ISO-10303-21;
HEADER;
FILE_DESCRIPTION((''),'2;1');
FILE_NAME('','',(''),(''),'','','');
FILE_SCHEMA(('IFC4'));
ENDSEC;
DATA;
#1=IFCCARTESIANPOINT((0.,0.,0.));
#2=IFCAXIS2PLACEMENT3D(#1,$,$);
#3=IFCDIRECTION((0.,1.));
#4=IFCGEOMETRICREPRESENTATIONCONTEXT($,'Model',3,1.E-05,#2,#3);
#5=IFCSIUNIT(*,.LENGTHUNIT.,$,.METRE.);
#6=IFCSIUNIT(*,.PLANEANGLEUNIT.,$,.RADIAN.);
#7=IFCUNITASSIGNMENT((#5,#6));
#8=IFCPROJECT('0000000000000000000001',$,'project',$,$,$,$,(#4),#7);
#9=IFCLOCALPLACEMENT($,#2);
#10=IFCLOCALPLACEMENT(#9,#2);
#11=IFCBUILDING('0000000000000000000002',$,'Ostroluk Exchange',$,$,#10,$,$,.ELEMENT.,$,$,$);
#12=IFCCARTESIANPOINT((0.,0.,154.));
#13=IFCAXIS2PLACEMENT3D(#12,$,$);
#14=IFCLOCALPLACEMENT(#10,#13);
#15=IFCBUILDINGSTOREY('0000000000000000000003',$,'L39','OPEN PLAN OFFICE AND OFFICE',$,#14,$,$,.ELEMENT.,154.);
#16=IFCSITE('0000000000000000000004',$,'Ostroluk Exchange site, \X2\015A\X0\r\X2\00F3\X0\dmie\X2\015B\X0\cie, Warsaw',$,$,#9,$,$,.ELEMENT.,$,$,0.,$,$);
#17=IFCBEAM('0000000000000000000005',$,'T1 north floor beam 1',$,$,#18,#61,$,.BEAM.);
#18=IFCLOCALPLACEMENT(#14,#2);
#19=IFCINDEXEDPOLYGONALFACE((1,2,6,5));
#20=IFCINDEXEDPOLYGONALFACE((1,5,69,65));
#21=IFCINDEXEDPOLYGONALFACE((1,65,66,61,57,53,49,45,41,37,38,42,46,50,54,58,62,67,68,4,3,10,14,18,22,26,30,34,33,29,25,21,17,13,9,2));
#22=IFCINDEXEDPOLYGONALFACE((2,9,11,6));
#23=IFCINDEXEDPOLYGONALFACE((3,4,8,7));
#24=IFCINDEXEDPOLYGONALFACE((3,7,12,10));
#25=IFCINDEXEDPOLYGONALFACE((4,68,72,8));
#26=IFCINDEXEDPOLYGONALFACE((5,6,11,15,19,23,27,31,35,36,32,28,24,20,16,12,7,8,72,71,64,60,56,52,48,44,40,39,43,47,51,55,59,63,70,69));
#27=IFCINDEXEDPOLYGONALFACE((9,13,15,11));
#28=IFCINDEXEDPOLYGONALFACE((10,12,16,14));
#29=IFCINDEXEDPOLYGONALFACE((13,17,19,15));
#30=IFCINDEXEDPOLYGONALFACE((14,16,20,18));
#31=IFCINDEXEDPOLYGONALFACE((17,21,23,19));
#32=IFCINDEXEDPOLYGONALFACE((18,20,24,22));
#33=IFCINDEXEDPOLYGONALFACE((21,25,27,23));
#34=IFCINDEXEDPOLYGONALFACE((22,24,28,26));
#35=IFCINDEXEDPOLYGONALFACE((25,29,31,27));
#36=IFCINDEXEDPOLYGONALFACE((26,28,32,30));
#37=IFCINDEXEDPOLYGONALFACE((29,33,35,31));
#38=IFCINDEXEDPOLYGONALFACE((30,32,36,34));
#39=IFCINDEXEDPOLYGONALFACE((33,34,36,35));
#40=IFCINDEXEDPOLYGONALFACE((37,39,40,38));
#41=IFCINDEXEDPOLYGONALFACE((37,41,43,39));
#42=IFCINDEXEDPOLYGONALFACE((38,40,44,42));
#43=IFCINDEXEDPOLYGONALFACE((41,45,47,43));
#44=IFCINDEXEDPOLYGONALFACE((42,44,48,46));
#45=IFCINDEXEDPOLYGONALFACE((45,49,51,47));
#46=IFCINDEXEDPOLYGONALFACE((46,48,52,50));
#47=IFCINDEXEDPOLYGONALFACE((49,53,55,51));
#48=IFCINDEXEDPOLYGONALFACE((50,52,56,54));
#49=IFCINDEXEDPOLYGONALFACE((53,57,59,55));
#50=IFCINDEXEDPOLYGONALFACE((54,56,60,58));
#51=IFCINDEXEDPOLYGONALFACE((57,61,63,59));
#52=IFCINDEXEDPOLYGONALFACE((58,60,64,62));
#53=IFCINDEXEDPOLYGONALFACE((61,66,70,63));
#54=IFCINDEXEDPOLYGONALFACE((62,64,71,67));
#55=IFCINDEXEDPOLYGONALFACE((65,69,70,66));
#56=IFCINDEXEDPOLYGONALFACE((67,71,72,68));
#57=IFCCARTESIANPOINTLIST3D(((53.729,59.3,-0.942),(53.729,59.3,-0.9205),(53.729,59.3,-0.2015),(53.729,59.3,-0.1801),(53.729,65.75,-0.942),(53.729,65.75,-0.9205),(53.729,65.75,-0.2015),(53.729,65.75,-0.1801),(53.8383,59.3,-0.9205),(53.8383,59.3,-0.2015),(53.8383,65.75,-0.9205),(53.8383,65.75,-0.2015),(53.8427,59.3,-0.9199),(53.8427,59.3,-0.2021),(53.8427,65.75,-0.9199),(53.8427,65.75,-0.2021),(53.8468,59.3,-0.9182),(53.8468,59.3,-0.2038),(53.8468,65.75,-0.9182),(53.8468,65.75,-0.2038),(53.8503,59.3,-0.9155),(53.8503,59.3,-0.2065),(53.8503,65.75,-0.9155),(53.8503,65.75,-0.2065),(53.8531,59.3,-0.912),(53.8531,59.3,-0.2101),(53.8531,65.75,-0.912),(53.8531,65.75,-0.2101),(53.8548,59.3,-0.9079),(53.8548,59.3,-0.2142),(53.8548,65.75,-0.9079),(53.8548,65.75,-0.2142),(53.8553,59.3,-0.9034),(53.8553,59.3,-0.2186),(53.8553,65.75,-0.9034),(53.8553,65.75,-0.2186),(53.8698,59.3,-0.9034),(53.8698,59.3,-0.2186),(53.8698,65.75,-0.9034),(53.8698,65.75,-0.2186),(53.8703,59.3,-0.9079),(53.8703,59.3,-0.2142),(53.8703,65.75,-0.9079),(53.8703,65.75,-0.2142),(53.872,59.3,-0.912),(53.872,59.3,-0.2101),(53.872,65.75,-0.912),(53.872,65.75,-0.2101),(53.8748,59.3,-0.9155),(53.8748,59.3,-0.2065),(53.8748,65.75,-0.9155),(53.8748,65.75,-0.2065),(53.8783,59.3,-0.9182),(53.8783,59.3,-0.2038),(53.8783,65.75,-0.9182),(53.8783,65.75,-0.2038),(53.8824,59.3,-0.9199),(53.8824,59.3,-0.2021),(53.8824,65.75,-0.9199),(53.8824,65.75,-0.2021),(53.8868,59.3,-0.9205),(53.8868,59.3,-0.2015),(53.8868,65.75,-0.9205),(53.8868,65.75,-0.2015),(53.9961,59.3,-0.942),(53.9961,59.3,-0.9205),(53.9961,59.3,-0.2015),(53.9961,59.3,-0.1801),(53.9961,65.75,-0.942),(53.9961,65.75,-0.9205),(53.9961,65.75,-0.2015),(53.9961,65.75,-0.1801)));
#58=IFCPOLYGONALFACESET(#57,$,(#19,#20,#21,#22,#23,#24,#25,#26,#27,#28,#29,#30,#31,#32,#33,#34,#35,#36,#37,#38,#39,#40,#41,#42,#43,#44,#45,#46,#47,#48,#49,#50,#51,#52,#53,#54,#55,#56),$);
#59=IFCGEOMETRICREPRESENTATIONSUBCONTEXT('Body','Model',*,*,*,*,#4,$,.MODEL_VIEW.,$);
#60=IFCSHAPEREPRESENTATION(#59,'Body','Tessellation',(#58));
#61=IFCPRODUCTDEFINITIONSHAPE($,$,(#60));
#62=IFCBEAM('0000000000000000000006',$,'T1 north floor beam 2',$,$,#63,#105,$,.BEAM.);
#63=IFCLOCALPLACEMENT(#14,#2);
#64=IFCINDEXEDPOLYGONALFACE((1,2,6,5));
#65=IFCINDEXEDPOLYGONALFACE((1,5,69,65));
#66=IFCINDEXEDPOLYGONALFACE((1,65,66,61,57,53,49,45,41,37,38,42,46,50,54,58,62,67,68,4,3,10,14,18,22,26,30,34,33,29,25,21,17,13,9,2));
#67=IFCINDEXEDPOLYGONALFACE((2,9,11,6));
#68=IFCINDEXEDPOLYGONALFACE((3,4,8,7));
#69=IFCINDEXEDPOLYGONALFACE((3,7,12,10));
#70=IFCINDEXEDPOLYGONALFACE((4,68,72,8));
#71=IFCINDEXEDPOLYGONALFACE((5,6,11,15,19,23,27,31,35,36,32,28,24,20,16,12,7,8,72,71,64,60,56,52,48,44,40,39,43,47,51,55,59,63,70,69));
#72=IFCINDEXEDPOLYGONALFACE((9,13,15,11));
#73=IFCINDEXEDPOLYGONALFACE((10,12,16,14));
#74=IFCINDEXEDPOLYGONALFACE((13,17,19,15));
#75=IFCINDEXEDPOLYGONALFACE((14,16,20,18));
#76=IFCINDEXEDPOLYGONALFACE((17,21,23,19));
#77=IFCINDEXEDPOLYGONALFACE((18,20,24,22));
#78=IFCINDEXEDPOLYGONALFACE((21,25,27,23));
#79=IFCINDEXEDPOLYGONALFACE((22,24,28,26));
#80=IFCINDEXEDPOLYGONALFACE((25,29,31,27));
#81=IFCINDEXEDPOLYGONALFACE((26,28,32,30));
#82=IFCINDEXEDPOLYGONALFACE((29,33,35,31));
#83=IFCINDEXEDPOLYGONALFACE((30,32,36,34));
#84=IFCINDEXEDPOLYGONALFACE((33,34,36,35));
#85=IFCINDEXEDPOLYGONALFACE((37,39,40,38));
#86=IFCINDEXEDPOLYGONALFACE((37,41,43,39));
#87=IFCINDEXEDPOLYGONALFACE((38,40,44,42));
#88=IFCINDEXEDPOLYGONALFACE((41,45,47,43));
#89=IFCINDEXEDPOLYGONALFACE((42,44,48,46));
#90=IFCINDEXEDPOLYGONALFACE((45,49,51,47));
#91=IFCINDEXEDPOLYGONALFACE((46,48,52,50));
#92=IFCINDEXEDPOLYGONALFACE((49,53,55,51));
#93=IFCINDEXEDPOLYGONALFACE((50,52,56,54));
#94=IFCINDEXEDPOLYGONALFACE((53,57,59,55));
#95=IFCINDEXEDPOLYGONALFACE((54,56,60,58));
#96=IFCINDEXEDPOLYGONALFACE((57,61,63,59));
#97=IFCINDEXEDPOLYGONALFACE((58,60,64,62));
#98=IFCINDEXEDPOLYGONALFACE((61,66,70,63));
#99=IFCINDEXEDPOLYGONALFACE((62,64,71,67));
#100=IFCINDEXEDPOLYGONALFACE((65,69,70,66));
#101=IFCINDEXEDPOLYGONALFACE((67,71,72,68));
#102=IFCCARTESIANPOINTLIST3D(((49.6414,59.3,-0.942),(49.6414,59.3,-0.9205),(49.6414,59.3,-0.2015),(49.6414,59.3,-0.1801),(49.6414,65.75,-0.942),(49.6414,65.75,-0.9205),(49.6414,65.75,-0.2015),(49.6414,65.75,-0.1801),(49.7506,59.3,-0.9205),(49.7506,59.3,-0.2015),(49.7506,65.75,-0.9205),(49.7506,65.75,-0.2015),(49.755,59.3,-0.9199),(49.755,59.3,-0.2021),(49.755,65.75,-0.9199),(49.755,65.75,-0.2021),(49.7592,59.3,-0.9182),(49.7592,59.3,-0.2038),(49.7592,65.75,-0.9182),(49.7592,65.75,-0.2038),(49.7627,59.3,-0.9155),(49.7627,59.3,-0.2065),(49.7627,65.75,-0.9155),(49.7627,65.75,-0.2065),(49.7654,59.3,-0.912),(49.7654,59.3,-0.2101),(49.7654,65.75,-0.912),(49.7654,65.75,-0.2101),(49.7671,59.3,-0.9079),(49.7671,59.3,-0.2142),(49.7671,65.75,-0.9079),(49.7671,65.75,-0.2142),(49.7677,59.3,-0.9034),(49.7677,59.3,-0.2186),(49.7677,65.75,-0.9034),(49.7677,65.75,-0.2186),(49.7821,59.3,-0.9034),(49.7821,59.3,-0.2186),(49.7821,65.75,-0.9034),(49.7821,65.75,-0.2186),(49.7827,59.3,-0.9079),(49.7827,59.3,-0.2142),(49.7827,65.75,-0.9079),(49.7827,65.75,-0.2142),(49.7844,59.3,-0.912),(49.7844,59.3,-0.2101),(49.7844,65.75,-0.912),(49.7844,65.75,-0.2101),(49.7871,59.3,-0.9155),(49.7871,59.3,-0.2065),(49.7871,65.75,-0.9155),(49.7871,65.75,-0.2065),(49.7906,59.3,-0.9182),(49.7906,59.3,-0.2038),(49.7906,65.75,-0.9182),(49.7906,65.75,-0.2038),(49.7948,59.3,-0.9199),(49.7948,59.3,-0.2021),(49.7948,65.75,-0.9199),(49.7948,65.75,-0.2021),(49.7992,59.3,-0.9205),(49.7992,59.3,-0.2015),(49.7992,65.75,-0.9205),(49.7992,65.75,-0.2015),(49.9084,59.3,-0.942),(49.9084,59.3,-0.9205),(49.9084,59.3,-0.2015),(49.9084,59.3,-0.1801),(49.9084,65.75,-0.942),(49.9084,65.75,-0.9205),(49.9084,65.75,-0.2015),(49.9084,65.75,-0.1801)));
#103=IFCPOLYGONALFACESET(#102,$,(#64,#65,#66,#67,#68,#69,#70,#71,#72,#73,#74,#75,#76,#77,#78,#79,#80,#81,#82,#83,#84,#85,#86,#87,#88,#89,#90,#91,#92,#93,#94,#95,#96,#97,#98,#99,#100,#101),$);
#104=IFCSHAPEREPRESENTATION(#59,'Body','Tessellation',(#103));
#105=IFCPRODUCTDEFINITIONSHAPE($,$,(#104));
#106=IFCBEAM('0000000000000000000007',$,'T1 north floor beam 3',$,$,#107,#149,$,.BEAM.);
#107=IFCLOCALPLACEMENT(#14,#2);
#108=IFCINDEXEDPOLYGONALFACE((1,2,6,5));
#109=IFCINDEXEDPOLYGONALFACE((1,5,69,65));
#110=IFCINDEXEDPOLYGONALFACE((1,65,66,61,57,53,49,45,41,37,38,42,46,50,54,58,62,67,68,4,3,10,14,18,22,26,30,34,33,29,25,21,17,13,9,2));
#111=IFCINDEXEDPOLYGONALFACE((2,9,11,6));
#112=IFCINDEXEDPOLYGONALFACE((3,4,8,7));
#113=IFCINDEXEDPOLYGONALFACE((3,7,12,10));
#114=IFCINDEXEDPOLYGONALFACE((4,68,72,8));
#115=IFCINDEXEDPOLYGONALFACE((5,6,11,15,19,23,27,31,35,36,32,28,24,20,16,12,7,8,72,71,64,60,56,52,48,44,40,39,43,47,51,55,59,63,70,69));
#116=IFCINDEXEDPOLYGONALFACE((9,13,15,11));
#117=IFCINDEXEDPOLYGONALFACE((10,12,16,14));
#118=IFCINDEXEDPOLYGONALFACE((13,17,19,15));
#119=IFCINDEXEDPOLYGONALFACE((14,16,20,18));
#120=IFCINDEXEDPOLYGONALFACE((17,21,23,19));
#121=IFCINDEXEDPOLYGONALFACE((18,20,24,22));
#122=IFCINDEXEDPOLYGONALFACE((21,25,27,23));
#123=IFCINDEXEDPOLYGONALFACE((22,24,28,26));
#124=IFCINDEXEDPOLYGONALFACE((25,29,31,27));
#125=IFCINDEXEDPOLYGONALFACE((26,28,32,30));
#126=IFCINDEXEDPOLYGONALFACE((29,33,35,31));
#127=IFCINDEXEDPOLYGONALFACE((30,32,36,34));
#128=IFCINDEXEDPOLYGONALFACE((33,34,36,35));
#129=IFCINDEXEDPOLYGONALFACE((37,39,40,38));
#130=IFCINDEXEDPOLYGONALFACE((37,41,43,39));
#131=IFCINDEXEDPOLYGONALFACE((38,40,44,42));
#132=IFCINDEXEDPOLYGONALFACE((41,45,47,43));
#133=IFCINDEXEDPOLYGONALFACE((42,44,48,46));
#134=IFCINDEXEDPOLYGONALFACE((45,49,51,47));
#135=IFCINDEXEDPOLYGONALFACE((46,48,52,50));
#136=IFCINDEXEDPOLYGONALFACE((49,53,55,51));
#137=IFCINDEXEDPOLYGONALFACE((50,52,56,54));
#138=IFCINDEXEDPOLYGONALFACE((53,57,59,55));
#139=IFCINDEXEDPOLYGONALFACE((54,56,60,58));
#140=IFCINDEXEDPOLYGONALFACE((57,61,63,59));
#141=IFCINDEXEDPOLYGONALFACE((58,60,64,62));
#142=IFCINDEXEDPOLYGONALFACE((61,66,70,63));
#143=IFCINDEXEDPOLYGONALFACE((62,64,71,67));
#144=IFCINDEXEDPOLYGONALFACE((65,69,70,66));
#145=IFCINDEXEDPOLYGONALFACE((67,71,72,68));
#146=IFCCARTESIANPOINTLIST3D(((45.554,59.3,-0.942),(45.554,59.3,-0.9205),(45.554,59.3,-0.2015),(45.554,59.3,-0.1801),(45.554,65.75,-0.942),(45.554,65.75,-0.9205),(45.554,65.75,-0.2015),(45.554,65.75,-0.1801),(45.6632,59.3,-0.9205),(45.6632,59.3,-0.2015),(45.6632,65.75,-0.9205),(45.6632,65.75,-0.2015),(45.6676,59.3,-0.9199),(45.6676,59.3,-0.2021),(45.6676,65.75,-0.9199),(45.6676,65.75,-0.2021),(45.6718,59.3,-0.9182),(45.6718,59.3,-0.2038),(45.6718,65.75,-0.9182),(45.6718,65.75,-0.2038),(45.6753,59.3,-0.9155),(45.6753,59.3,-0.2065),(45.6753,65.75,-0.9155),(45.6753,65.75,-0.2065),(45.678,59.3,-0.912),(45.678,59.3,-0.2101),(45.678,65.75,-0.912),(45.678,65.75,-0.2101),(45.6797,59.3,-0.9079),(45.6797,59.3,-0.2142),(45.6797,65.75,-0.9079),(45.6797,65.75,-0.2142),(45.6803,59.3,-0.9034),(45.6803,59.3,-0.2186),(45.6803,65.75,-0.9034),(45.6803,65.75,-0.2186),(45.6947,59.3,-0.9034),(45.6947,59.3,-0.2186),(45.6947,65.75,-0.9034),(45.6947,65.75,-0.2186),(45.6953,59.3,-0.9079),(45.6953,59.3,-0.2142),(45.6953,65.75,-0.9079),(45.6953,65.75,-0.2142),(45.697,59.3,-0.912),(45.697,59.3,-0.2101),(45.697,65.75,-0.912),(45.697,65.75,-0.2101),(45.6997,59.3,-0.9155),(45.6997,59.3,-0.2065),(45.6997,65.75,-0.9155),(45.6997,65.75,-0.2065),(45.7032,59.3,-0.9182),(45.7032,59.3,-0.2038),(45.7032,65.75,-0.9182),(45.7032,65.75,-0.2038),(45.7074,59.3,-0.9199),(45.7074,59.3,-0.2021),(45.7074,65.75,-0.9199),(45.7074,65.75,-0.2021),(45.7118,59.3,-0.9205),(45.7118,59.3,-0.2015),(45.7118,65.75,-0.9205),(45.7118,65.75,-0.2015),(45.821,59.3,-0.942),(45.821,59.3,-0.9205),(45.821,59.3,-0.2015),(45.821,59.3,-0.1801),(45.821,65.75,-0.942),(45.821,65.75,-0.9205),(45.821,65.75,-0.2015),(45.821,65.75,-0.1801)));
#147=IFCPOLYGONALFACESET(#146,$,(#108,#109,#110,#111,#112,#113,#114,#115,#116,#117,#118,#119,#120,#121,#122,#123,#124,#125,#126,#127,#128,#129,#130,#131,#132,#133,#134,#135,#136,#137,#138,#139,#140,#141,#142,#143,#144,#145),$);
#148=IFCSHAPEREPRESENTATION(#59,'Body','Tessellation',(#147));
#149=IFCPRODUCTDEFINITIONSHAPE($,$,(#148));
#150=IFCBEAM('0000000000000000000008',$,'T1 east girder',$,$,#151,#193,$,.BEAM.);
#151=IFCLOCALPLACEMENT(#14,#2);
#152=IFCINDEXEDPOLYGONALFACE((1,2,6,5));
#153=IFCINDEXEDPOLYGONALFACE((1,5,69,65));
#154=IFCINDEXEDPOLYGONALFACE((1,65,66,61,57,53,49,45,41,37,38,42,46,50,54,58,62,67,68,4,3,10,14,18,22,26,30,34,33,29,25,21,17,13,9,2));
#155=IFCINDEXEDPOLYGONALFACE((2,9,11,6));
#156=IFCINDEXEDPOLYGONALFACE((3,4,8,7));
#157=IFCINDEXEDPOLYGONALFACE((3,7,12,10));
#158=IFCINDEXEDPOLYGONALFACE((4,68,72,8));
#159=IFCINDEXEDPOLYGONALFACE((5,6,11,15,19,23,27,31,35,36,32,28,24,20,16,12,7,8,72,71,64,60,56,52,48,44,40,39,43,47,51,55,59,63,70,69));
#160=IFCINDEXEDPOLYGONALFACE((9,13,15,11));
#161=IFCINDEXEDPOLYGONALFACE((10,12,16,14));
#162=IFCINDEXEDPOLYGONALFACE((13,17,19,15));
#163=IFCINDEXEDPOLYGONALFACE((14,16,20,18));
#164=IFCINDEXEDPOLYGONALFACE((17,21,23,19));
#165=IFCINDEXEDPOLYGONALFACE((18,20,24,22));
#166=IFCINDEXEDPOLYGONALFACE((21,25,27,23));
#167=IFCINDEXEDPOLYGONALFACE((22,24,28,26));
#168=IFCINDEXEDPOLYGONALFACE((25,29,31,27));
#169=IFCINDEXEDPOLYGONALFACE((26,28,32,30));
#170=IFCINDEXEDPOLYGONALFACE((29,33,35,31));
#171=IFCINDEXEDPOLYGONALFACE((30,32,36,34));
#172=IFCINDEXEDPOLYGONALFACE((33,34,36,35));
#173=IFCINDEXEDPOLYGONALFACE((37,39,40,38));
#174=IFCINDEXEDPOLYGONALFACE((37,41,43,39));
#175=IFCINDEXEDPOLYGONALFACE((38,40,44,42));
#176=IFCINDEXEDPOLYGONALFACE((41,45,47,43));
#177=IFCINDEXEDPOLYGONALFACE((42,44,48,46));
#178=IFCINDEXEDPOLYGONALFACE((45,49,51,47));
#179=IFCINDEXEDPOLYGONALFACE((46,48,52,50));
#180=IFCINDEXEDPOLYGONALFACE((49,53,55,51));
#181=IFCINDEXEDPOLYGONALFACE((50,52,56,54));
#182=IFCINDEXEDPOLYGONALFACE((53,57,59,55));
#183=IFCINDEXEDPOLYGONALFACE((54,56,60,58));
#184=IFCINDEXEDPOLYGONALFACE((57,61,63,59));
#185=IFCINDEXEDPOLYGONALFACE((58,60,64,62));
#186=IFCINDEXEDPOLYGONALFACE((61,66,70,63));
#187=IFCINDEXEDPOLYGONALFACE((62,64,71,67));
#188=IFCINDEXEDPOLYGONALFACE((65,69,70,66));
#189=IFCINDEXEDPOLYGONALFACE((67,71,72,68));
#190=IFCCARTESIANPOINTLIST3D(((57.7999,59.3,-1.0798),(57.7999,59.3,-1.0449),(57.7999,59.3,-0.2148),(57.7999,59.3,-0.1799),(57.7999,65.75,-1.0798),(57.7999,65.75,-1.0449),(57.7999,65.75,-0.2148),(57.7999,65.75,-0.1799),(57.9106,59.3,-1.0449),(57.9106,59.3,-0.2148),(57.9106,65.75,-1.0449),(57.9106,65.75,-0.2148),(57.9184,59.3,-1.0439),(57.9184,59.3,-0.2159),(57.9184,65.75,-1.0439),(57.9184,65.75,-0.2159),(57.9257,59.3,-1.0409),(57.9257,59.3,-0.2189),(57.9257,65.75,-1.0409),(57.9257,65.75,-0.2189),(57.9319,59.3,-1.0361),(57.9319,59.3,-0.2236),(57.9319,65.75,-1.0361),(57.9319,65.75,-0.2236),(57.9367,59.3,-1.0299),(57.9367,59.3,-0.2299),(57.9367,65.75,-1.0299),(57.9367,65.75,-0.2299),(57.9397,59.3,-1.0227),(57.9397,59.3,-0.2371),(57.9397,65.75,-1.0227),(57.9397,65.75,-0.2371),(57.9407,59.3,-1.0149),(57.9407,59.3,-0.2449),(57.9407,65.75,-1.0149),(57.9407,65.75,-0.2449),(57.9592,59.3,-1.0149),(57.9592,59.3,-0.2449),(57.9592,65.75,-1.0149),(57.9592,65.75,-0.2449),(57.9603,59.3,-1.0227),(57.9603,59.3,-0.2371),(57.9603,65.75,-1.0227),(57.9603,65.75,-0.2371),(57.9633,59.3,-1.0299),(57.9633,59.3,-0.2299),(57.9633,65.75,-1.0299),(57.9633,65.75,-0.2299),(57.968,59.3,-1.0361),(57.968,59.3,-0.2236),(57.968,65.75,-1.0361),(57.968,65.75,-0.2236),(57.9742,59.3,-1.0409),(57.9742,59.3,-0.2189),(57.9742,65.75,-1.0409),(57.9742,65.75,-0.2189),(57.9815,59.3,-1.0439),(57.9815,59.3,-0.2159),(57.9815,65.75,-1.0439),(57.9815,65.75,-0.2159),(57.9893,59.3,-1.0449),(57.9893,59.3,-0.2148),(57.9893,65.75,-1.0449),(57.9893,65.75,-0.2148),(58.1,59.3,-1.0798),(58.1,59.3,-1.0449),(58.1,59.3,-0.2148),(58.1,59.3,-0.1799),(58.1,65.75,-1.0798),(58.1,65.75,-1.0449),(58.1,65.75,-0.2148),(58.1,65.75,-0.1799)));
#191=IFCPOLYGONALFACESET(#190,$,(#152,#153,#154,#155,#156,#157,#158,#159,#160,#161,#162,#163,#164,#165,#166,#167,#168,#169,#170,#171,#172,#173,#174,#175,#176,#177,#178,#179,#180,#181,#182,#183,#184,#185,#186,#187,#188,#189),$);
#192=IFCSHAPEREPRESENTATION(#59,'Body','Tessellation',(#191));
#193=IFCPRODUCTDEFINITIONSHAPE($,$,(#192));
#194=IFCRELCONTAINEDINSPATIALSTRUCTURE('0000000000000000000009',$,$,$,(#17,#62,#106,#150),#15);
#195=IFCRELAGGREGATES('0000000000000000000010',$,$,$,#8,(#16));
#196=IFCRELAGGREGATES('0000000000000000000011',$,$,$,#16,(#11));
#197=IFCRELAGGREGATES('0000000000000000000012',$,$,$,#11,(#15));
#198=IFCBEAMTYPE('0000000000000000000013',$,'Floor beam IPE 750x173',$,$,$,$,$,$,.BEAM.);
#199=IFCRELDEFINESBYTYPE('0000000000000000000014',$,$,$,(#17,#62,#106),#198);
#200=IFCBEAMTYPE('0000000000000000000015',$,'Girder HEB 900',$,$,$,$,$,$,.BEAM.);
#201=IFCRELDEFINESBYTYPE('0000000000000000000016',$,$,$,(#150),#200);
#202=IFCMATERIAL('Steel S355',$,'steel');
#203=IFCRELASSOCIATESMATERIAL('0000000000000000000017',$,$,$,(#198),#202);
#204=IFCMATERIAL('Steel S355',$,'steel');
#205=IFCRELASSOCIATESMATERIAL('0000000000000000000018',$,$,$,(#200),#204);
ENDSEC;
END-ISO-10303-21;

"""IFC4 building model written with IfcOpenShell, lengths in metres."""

from ifc_helpers import new_model, si_unit, direction, frame, origin, origin_2d, place, context, subcontext, project, spatial, i_section, extrude, material, material_profile, profile_set, type_object, element, save


model = new_model("IFC4")

# Units and contexts
model_context = context("Model", 3, precision=1e-05, world=origin(), true_north=direction((0.0, 1.0)))
body_context = subcontext(model_context, "Body", "Model", "MODEL_VIEW")
ifc_project = project(units=[si_unit("LENGTHUNIT", "METRE"), si_unit("PLANEANGLEUNIT", "RADIAN")], contexts=[model_context])

# Site, building, storey
site_placement = place(None, origin())
site = spatial("IfcSite", under=ifc_project, at=site_placement, Name="Ostroluk Exchange site, Śródmieście, Warsaw", CompositionType="ELEMENT", RefElevation=0.0)
building_placement = place(site_placement, origin())
building = spatial("IfcBuilding", under=site, at=building_placement, Name="Ostroluk Exchange", CompositionType="ELEMENT")
storey_placement = place(building_placement, frame((0.0, 0.0, 154.0)))
storey = spatial("IfcBuildingStorey", under=building, at=storey_placement, Name="L39", Description="OPEN PLAN OFFICE AND OFFICE", CompositionType="ELEMENT", Elevation=154.0)

# Beams
ifc_material_1 = material(Name="Steel S355", Category="steel")
ifc_material_profile_1 = material_profile(ifc_material_1, i_section(OverallWidth=0.2671, OverallDepth=0.762, WebThickness=0.0144, FlangeThickness=0.0215, FilletRadius=0.0171, at=origin_2d()), Name="IPE 750x173")
ifc_profile_set_1 = profile_set([ifc_material_profile_1], Name="Steel S355")
beam_type_1 = type_object("IfcBeamType", Name="Floor beam IPE 750x173", PredefinedType="BEAM", material=ifc_profile_set_1)
for number, where, z_axis, x_axis, name in (
    (1, (53.8625, 59.3, -0.561), (0.0, 1.0, 0.0), (-1.0, 0.0, 0.0), "T1 north floor beam 1"),
    (2, (49.7749, 59.3, -0.561), (0.0, 1.0, 0.0), (-1.0, 0.0, 0.0), "T1 north floor beam 2"),
    (3, (45.6875, 59.3, -0.561), (0.0, 1.0, 0.0), (-1.0, 0.0, 0.0), "T1 north floor beam 3"),
):
    element("IfcBeam", number, at=place(storey_placement, frame(where, z_axis=z_axis, x_axis=x_axis)), inside=storey, type_object=beam_type_1, Name=name, PredefinedType="BEAM", context=body_context, shape_type="SweptSolid", body=[
        extrude(i_section(OverallWidth=0.2671, OverallDepth=0.762, WebThickness=0.0144, FlangeThickness=0.0215, FilletRadius=0.0171, at=origin_2d()), origin(), (0.0, 0.0, 1.0), 6.45),
    ])
ifc_material_2 = material(Name="Steel S355", Category="steel")
ifc_material_profile_2 = material_profile(ifc_material_2, i_section(OverallWidth=0.3, OverallDepth=0.8999, WebThickness=0.0186, FlangeThickness=0.0349, FilletRadius=0.03, at=origin_2d()), Name="HEB 900")
ifc_profile_set_2 = profile_set([ifc_material_profile_2], Name="Steel S355")
beam_type_2 = type_object("IfcBeamType", Name="Girder HEB 900", PredefinedType="BEAM", material=ifc_profile_set_2)
beam_1_placement = place(storey_placement, frame((57.95, 59.3, -0.6299), z_axis=(0.0, 1.0, 0.0), x_axis=(-1.0, 0.0, 0.0)))
element("IfcBeam", 4, at=beam_1_placement, inside=storey, type_object=beam_type_2, Name="T1 east girder", PredefinedType="BEAM", context=body_context, shape_type="SweptSolid", body=[
    extrude(i_section(OverallWidth=0.3, OverallDepth=0.8999, WebThickness=0.0186, FlangeThickness=0.0349, FilletRadius=0.03, at=origin_2d()), origin(), (0.0, 0.0, 1.0), 6.45),
])

save(model, "model.ifc")
